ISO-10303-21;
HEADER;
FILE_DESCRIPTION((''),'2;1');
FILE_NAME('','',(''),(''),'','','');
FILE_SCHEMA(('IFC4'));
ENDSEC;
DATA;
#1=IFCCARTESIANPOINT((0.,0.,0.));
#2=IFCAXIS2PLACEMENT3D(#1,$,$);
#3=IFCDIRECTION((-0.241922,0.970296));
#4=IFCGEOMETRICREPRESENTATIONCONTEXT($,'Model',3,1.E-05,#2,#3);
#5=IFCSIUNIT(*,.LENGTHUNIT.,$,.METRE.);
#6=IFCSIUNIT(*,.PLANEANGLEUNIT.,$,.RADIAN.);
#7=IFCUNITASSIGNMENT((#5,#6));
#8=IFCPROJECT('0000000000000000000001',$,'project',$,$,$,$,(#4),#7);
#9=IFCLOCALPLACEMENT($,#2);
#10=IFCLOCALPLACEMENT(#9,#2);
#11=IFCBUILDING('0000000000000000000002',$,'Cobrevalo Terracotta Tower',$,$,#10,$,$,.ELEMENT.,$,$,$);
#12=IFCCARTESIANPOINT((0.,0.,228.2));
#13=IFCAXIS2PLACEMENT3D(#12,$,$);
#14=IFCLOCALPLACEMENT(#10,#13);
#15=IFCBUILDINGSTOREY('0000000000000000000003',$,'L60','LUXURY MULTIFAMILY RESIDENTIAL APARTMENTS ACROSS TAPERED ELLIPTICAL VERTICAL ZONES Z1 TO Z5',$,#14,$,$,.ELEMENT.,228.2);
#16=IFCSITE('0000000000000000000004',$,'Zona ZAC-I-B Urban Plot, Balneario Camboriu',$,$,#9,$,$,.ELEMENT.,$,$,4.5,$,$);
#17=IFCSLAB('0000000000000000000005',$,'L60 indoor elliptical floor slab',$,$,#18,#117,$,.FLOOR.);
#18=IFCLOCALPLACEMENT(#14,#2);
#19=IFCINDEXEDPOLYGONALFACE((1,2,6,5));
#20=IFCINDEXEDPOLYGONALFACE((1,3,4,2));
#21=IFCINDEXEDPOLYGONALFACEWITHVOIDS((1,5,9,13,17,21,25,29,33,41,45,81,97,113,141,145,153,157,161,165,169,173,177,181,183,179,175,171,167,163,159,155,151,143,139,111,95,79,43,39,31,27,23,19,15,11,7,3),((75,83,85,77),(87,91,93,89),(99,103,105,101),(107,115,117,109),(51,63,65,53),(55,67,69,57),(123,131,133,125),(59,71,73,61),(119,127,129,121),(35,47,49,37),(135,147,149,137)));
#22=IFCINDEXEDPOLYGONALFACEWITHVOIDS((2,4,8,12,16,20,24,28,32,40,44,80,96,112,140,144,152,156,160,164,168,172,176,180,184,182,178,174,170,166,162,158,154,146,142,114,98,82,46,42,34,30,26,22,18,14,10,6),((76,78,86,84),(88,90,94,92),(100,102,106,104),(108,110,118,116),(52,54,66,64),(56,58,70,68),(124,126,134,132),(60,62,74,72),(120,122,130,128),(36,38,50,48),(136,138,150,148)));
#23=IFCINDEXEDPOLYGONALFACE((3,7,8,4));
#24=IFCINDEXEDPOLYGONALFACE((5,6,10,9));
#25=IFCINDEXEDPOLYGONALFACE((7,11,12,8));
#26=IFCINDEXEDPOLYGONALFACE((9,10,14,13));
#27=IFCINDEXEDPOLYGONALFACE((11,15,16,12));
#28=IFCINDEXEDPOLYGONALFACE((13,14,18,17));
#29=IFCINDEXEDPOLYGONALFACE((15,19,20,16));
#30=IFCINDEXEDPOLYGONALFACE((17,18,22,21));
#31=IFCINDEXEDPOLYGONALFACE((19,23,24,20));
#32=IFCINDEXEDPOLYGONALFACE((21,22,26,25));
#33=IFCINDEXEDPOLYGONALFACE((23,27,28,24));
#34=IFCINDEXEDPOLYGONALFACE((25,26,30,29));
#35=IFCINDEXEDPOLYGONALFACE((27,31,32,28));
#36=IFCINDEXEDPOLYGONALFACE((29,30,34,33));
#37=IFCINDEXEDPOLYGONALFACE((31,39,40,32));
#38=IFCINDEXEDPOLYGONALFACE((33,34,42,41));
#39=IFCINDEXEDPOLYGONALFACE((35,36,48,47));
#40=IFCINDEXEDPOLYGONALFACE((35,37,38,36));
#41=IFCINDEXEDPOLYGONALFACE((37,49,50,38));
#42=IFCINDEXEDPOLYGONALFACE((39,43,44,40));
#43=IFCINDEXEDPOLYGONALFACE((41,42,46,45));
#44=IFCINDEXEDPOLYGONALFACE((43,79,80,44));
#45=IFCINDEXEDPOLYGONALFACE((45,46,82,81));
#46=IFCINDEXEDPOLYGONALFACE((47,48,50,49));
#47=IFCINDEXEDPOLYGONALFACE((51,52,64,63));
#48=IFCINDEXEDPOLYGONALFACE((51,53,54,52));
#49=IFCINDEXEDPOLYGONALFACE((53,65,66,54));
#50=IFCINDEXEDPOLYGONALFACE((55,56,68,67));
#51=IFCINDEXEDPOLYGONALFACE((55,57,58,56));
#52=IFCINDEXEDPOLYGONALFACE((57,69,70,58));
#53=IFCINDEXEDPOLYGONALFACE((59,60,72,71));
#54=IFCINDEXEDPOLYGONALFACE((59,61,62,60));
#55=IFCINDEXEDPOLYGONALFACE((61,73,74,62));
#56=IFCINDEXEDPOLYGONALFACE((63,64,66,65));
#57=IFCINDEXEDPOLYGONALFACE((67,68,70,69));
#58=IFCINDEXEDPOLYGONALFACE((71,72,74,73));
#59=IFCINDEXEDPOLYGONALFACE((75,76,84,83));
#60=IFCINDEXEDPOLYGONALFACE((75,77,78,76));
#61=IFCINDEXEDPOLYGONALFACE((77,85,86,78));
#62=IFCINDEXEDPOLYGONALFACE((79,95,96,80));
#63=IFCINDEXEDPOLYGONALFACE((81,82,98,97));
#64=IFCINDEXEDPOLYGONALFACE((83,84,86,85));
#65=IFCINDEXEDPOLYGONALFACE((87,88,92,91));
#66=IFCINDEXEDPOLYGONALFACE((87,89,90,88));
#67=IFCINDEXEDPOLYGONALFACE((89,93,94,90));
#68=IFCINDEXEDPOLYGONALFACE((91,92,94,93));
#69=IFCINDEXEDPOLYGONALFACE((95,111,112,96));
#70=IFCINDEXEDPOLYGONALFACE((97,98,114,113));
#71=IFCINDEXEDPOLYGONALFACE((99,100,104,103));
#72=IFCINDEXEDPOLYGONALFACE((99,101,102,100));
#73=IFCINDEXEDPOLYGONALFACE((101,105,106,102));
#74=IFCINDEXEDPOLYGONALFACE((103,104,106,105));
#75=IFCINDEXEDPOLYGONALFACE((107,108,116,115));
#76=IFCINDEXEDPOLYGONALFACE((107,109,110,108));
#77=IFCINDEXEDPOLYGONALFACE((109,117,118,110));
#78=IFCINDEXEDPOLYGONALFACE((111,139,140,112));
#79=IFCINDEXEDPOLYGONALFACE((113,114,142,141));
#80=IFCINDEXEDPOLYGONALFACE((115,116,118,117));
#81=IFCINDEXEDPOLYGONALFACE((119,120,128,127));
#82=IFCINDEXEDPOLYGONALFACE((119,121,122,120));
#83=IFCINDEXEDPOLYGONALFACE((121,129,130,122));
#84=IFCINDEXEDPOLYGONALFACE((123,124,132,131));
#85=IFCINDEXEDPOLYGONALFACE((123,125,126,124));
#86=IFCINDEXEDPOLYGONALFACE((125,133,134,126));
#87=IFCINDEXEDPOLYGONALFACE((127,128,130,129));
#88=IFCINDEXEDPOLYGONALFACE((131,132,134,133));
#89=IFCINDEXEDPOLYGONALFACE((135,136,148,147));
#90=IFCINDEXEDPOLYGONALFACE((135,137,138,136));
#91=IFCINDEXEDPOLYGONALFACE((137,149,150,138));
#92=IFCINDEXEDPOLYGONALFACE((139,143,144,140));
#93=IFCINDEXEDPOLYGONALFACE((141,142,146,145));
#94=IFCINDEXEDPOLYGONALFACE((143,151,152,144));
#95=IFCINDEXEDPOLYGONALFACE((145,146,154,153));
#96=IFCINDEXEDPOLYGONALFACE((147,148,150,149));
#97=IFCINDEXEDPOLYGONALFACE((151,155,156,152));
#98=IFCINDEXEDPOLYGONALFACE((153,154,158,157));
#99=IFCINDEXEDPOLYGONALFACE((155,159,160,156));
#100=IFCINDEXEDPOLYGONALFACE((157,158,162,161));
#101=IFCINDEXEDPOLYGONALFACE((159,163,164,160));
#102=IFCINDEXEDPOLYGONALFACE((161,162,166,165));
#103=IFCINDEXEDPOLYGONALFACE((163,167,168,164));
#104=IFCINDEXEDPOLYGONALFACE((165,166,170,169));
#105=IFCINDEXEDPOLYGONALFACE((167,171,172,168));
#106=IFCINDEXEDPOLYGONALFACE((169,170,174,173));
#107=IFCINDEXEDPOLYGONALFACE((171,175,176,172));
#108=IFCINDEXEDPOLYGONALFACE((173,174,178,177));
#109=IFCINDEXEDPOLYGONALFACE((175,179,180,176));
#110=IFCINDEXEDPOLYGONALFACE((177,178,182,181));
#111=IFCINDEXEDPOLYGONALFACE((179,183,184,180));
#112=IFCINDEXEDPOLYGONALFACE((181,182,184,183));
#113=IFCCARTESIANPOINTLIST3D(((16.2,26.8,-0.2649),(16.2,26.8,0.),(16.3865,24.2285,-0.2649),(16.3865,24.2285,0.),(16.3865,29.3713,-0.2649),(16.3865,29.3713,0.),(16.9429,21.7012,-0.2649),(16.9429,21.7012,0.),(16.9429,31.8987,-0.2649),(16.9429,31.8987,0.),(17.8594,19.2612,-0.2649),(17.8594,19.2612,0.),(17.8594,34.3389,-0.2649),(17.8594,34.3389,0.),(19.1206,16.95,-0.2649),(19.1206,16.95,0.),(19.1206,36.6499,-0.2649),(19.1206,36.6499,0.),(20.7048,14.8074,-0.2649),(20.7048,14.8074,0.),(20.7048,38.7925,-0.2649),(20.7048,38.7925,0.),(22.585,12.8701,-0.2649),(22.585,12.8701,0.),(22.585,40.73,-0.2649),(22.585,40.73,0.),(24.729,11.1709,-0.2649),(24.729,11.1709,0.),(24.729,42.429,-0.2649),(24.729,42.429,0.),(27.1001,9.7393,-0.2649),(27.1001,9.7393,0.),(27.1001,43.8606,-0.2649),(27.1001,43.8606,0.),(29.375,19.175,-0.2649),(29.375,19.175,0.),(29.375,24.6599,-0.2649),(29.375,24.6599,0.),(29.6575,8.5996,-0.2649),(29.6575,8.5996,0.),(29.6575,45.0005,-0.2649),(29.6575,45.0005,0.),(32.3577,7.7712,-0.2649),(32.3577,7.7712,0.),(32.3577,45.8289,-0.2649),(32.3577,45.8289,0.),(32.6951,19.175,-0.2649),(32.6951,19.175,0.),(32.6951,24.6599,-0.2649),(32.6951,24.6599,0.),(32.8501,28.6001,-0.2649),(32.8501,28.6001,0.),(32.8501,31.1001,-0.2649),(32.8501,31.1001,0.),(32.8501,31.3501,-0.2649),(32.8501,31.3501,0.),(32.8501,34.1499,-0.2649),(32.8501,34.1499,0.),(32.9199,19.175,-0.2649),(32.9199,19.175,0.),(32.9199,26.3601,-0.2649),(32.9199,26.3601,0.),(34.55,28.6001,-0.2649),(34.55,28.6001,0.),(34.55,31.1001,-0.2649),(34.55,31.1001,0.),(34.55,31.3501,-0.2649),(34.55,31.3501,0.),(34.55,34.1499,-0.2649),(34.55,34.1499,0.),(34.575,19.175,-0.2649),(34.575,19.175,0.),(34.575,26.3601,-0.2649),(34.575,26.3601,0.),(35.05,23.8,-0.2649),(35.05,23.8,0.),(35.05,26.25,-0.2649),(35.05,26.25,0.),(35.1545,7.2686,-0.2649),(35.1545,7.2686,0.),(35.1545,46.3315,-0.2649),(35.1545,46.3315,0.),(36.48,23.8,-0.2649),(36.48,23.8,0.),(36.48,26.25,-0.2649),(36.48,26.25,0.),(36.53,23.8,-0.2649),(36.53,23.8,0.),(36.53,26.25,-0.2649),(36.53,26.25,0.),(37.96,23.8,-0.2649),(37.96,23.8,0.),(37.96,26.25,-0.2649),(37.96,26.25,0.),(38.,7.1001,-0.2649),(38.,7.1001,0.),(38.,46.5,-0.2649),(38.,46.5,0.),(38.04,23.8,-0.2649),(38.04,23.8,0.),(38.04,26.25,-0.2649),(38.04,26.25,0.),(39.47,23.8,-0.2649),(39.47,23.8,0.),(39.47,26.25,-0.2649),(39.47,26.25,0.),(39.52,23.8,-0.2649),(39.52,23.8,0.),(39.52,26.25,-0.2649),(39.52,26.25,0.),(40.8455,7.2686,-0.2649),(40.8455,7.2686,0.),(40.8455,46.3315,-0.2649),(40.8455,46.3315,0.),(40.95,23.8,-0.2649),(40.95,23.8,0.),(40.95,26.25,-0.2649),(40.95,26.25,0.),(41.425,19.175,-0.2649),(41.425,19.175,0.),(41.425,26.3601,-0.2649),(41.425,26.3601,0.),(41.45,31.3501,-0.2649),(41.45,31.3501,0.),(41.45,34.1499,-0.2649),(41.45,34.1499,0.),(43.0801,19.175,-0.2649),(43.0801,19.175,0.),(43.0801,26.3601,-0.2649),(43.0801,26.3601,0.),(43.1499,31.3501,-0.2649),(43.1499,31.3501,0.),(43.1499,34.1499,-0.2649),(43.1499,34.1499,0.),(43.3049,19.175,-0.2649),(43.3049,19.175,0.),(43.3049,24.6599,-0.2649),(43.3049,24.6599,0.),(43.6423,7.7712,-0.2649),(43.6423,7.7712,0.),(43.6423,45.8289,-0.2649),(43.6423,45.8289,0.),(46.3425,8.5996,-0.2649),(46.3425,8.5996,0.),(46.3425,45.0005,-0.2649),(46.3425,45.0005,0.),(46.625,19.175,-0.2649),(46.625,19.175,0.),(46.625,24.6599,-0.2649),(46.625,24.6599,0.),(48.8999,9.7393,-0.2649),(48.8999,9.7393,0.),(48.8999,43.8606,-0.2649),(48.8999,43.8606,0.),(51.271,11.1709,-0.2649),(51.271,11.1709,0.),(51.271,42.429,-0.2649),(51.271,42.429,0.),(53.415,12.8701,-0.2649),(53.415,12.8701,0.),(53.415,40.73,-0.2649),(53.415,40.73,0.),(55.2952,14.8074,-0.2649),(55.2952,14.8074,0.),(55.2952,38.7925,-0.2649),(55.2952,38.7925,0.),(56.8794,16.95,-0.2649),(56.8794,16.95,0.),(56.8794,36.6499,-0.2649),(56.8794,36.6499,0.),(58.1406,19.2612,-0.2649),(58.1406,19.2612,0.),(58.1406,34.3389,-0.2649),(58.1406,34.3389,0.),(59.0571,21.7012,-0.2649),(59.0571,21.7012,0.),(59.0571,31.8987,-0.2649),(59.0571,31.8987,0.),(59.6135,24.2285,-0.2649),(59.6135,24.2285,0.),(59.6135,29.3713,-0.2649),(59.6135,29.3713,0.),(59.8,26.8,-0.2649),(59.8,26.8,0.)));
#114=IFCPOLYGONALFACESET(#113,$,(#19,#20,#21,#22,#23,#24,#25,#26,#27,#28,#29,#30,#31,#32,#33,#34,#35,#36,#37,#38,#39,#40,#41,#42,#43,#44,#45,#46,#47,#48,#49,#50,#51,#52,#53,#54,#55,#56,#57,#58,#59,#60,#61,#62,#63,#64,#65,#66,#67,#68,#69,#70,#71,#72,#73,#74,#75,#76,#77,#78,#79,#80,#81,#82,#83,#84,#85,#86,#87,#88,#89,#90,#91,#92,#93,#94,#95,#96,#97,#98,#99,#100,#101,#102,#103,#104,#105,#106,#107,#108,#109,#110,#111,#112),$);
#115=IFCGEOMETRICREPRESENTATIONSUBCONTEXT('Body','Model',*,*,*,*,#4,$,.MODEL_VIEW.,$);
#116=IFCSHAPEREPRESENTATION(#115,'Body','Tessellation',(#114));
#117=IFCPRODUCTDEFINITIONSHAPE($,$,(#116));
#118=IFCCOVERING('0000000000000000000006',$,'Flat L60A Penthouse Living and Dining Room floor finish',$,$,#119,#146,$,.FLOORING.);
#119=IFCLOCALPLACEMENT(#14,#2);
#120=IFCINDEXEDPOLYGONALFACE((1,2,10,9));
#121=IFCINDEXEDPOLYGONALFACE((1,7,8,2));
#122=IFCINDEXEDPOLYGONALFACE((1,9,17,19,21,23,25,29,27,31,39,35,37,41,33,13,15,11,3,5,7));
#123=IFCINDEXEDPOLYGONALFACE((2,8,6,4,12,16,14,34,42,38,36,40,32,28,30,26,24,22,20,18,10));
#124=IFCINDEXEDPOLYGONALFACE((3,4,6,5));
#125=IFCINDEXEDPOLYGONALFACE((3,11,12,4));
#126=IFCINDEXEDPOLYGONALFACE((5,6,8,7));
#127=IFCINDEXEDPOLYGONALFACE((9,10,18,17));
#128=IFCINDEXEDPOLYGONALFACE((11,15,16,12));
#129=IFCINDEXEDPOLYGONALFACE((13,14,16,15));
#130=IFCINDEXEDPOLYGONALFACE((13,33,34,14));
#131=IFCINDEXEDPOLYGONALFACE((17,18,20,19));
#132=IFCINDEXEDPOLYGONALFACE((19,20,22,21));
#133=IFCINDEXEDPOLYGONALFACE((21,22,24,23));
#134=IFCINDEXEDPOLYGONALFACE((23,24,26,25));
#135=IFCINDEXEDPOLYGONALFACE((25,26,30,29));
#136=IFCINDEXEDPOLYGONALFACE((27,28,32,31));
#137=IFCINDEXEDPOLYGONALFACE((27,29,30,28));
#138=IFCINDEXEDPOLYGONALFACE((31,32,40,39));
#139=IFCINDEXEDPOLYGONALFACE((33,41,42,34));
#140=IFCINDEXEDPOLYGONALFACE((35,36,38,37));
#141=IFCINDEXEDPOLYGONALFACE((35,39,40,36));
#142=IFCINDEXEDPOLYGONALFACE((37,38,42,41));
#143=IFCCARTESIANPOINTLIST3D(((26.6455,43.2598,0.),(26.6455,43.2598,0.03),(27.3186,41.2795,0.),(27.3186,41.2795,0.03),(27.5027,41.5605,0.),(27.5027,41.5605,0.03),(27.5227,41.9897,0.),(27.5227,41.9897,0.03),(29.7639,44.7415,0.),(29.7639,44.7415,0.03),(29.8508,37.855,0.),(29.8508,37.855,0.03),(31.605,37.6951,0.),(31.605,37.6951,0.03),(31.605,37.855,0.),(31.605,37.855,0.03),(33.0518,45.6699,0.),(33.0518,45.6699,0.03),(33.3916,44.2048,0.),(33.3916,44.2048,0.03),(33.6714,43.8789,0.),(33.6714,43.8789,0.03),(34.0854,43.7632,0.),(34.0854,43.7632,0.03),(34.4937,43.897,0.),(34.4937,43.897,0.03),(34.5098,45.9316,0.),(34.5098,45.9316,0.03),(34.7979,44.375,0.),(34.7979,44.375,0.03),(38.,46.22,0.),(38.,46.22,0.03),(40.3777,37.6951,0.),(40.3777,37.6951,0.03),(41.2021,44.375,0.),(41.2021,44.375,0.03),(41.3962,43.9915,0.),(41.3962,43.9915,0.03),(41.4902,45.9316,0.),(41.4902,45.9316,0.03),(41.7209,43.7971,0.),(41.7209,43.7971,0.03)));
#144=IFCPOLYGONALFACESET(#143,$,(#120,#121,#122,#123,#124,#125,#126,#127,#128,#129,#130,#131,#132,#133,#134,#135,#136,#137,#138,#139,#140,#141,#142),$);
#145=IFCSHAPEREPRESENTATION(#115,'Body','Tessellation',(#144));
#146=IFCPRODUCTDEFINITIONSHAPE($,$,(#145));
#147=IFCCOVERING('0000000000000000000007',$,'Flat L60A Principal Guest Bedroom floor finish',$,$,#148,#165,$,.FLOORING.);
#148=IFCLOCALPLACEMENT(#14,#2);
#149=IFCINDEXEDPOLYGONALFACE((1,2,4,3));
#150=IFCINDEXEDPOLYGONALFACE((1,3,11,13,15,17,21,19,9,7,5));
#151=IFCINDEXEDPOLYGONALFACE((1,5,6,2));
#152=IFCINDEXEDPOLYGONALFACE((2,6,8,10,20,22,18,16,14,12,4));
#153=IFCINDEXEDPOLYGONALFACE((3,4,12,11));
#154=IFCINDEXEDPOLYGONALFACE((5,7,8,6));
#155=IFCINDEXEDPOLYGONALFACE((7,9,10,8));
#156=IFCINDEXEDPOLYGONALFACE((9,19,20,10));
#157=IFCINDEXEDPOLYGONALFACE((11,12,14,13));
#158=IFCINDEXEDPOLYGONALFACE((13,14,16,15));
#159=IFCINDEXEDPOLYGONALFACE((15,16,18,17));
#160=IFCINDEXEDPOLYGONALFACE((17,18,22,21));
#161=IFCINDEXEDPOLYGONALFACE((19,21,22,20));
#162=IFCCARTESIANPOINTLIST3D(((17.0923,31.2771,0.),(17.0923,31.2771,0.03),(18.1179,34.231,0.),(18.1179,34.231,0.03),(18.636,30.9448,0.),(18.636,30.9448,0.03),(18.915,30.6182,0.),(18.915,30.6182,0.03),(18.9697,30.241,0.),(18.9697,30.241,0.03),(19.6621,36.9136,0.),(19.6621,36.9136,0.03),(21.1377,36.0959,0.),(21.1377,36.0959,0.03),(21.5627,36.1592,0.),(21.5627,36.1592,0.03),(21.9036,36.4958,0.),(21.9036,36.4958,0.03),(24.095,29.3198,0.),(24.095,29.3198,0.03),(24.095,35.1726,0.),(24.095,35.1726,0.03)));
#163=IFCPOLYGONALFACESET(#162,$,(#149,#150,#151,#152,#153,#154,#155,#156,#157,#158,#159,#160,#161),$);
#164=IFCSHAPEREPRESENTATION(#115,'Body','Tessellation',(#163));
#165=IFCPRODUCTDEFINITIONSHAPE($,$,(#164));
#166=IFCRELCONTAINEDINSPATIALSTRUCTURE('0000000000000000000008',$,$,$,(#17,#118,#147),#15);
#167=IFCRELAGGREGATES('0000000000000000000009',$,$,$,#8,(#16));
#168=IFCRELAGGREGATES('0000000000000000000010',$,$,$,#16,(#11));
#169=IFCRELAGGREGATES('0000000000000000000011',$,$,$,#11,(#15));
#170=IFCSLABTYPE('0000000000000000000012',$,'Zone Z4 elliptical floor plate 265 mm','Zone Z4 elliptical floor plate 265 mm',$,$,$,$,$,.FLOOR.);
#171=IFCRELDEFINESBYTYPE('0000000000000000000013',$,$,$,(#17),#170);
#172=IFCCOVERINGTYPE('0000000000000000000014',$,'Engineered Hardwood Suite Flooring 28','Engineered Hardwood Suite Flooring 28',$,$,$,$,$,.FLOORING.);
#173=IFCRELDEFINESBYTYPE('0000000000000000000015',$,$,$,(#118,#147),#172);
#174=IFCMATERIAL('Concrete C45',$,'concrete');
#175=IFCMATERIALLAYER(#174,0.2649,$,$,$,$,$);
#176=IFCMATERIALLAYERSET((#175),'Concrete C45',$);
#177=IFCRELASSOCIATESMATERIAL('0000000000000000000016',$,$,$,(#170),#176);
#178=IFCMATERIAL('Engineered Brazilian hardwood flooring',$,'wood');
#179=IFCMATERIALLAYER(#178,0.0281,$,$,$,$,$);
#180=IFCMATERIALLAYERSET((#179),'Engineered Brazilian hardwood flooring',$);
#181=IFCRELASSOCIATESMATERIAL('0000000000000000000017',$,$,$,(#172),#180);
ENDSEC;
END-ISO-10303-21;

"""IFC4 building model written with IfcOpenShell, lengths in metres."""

from ifc_helpers import new_model, si_unit, direction, frame, origin, place, context, subcontext, project, spatial, polyline, outline, extrude, material, layer, layer_set, type_object, element, save


model = new_model("IFC4")

# Units and contexts
model_context = context("Model", 3, precision=1e-05, world=origin(), true_north=direction((-0.241922, 0.970296)))
body_context = subcontext(model_context, "Body", "Model", "MODEL_VIEW")
ifc_project = project(units=[si_unit("LENGTHUNIT", "METRE"), si_unit("PLANEANGLEUNIT", "RADIAN")], contexts=[model_context])

# Site, building, storey
site_placement = place(None, origin())
site = spatial("IfcSite", under=ifc_project, at=site_placement, Name="Zona ZAC-I-B Urban Plot, Balneario Camboriu", CompositionType="ELEMENT", RefElevation=4.5)
building_placement = place(site_placement, origin())
building = spatial("IfcBuilding", under=site, at=building_placement, Name="Cobrevalo Terracotta Tower", CompositionType="ELEMENT")
storey_placement = place(building_placement, frame((0.0, 0.0, 228.2)))
storey = spatial("IfcBuildingStorey", under=building, at=storey_placement, Name="L60", Description="LUXURY MULTIFAMILY RESIDENTIAL APARTMENTS ACROSS TAPERED ELLIPTICAL VERTICAL ZONES Z1 TO Z5", CompositionType="ELEMENT", Elevation=228.2)

# Slab
ifc_material_1 = material(Name="Concrete C45", Category="concrete")
ifc_layer_1 = layer(ifc_material_1, 0.2649)
ifc_layer_set_1 = layer_set([ifc_layer_1], Name="Concrete C45")
slab_type_1 = type_object("IfcSlabType", Name="Zone Z4 elliptical floor plate 265 mm", Description="Zone Z4 elliptical floor plate 265 mm", PredefinedType="FLOOR", material=ifc_layer_set_1)
slab_1_placement = place(storey_placement, frame((0.0, 0.0, -0.2649)))
element("IfcSlab", 1, at=slab_1_placement, inside=storey, type_object=slab_type_1, Name="L60 indoor elliptical floor slab", PredefinedType="FLOOR", context=body_context, shape_type="SweptSolid", body=[
    extrude(outline(polyline([(59.6135, 24.2285), (59.0571, 21.7012), (58.1406, 19.2612), (56.8794, 16.95), (55.2952, 14.8074), (53.415, 12.8701), (51.271, 11.1709), (48.8999, 9.7393), (46.3425, 8.5996), (43.6423, 7.7712), (40.8455, 7.2686), (38.0, 7.1001), (35.1545, 7.2686), (32.3577, 7.7712), (29.6575, 8.5996), (27.1001, 9.7393), (24.729, 11.1709), (22.585, 12.8701), (20.7048, 14.8074), (19.1206, 16.95), (17.8594, 19.2612), (16.9429, 21.7012), (16.3865, 24.2285), (16.2, 26.8), (16.3865, 29.3713), (16.9429, 31.8987), (17.8594, 34.3389), (19.1206, 36.6499), (20.7048, 38.7925), (22.585, 40.73), (24.729, 42.429), (27.1001, 43.8606), (29.6575, 45.0005), (32.3577, 45.8289), (35.1545, 46.3315), (38.0, 46.5), (40.8455, 46.3315), (43.6423, 45.8289), (46.3425, 45.0005), (48.8999, 43.8606), (51.271, 42.429), (53.415, 40.73), (55.2952, 38.7925), (56.8794, 36.6499), (58.1406, 34.3389), (59.0571, 31.8987), (59.6135, 29.3713), (59.8, 26.8), (59.6135, 24.2285)]), holes=[polyline([(32.6951, 19.175), (32.6951, 24.6599), (29.375, 24.6599), (29.375, 19.175), (32.6951, 19.175)]), polyline([(34.575, 26.3601), (32.9199, 26.3601), (32.9199, 19.175), (34.575, 19.175), (34.575, 26.3601)]), polyline([(36.48, 26.25), (35.05, 26.25), (35.05, 23.8), (36.48, 23.8), (36.48, 26.25)]), polyline([(37.96, 23.8), (37.96, 26.25), (36.53, 26.25), (36.53, 23.8), (37.96, 23.8)]), polyline([(34.55, 28.6001), (34.55, 31.1001), (32.8501, 31.1001), (32.8501, 28.6001), (34.55, 28.6001)]), polyline([(34.55, 34.1499), (32.8501, 34.1499), (32.8501, 31.3501), (34.55, 31.3501), (34.55, 34.1499)]), polyline([(43.3049, 19.175), (46.625, 19.175), (46.625, 24.6599), (43.3049, 24.6599), (43.3049, 19.175)]), polyline([(43.0801, 19.175), (43.0801, 26.3601), (41.425, 26.3601), (41.425, 19.175), (43.0801, 19.175)]), polyline([(39.47, 26.25), (38.04, 26.25), (38.04, 23.8), (39.47, 23.8), (39.47, 26.25)]), polyline([(40.95, 23.8), (40.95, 26.25), (39.52, 26.25), (39.52, 23.8), (40.95, 23.8)]), polyline([(43.1499, 31.3501), (43.1499, 34.1499), (41.45, 34.1499), (41.45, 31.3501), (43.1499, 31.3501)])]), origin(), (0.0, 0.0, 1.0), 0.2649),
])

# Coverings
ifc_material_2 = material(Name="Engineered Brazilian hardwood flooring", Category="wood")
ifc_layer_2 = layer(ifc_material_2, 0.0281)
ifc_layer_set_2 = layer_set([ifc_layer_2], Name="Engineered Brazilian hardwood flooring")
covering_type_1 = type_object("IfcCoveringType", Name="Engineered Hardwood Suite Flooring 28", Description="Engineered Hardwood Suite Flooring 28", PredefinedType="FLOORING", material=ifc_layer_set_2)
covering_1_placement = place(storey_placement, origin())
element("IfcCovering", 2, at=covering_1_placement, inside=storey, type_object=covering_type_1, Name="Flat L60A Penthouse Living and Dining Room floor finish", PredefinedType="FLOORING", context=body_context, shape_type="SweptSolid", body=[
    extrude(outline(polyline([(29.7639, 44.7415), (33.0518, 45.6699), (33.3916, 44.2048), (33.6714, 43.8789), (34.0854, 43.7632), (34.4937, 43.897), (34.7979, 44.375), (34.5098, 45.9316), (38.0, 46.22), (41.4902, 45.9316), (41.2021, 44.375), (41.3962, 43.9915), (41.7209, 43.7971), (40.3777, 37.6951), (31.605, 37.6951), (31.605, 37.855), (29.8508, 37.855), (27.3186, 41.2795), (27.5027, 41.5605), (27.5227, 41.9897), (26.6455, 43.2598), (29.7639, 44.7415)])), origin(), (0.0, 0.0, 1.0), 0.03),
])
covering_2_placement = place(storey_placement, origin())
element("IfcCovering", 3, at=covering_2_placement, inside=storey, type_object=covering_type_1, Name="Flat L60A Principal Guest Bedroom floor finish", PredefinedType="FLOORING", context=body_context, shape_type="SweptSolid", body=[
    extrude(outline(polyline([(18.1179, 34.231), (19.6621, 36.9136), (21.1377, 36.0959), (21.5627, 36.1592), (21.9036, 36.4958), (24.095, 35.1726), (24.095, 29.3198), (18.9697, 30.241), (18.915, 30.6182), (18.636, 30.9448), (17.0923, 31.2771), (18.1179, 34.231)])), origin(), (0.0, 0.0, 1.0), 0.03),
])

save(model, "model.ifc")
